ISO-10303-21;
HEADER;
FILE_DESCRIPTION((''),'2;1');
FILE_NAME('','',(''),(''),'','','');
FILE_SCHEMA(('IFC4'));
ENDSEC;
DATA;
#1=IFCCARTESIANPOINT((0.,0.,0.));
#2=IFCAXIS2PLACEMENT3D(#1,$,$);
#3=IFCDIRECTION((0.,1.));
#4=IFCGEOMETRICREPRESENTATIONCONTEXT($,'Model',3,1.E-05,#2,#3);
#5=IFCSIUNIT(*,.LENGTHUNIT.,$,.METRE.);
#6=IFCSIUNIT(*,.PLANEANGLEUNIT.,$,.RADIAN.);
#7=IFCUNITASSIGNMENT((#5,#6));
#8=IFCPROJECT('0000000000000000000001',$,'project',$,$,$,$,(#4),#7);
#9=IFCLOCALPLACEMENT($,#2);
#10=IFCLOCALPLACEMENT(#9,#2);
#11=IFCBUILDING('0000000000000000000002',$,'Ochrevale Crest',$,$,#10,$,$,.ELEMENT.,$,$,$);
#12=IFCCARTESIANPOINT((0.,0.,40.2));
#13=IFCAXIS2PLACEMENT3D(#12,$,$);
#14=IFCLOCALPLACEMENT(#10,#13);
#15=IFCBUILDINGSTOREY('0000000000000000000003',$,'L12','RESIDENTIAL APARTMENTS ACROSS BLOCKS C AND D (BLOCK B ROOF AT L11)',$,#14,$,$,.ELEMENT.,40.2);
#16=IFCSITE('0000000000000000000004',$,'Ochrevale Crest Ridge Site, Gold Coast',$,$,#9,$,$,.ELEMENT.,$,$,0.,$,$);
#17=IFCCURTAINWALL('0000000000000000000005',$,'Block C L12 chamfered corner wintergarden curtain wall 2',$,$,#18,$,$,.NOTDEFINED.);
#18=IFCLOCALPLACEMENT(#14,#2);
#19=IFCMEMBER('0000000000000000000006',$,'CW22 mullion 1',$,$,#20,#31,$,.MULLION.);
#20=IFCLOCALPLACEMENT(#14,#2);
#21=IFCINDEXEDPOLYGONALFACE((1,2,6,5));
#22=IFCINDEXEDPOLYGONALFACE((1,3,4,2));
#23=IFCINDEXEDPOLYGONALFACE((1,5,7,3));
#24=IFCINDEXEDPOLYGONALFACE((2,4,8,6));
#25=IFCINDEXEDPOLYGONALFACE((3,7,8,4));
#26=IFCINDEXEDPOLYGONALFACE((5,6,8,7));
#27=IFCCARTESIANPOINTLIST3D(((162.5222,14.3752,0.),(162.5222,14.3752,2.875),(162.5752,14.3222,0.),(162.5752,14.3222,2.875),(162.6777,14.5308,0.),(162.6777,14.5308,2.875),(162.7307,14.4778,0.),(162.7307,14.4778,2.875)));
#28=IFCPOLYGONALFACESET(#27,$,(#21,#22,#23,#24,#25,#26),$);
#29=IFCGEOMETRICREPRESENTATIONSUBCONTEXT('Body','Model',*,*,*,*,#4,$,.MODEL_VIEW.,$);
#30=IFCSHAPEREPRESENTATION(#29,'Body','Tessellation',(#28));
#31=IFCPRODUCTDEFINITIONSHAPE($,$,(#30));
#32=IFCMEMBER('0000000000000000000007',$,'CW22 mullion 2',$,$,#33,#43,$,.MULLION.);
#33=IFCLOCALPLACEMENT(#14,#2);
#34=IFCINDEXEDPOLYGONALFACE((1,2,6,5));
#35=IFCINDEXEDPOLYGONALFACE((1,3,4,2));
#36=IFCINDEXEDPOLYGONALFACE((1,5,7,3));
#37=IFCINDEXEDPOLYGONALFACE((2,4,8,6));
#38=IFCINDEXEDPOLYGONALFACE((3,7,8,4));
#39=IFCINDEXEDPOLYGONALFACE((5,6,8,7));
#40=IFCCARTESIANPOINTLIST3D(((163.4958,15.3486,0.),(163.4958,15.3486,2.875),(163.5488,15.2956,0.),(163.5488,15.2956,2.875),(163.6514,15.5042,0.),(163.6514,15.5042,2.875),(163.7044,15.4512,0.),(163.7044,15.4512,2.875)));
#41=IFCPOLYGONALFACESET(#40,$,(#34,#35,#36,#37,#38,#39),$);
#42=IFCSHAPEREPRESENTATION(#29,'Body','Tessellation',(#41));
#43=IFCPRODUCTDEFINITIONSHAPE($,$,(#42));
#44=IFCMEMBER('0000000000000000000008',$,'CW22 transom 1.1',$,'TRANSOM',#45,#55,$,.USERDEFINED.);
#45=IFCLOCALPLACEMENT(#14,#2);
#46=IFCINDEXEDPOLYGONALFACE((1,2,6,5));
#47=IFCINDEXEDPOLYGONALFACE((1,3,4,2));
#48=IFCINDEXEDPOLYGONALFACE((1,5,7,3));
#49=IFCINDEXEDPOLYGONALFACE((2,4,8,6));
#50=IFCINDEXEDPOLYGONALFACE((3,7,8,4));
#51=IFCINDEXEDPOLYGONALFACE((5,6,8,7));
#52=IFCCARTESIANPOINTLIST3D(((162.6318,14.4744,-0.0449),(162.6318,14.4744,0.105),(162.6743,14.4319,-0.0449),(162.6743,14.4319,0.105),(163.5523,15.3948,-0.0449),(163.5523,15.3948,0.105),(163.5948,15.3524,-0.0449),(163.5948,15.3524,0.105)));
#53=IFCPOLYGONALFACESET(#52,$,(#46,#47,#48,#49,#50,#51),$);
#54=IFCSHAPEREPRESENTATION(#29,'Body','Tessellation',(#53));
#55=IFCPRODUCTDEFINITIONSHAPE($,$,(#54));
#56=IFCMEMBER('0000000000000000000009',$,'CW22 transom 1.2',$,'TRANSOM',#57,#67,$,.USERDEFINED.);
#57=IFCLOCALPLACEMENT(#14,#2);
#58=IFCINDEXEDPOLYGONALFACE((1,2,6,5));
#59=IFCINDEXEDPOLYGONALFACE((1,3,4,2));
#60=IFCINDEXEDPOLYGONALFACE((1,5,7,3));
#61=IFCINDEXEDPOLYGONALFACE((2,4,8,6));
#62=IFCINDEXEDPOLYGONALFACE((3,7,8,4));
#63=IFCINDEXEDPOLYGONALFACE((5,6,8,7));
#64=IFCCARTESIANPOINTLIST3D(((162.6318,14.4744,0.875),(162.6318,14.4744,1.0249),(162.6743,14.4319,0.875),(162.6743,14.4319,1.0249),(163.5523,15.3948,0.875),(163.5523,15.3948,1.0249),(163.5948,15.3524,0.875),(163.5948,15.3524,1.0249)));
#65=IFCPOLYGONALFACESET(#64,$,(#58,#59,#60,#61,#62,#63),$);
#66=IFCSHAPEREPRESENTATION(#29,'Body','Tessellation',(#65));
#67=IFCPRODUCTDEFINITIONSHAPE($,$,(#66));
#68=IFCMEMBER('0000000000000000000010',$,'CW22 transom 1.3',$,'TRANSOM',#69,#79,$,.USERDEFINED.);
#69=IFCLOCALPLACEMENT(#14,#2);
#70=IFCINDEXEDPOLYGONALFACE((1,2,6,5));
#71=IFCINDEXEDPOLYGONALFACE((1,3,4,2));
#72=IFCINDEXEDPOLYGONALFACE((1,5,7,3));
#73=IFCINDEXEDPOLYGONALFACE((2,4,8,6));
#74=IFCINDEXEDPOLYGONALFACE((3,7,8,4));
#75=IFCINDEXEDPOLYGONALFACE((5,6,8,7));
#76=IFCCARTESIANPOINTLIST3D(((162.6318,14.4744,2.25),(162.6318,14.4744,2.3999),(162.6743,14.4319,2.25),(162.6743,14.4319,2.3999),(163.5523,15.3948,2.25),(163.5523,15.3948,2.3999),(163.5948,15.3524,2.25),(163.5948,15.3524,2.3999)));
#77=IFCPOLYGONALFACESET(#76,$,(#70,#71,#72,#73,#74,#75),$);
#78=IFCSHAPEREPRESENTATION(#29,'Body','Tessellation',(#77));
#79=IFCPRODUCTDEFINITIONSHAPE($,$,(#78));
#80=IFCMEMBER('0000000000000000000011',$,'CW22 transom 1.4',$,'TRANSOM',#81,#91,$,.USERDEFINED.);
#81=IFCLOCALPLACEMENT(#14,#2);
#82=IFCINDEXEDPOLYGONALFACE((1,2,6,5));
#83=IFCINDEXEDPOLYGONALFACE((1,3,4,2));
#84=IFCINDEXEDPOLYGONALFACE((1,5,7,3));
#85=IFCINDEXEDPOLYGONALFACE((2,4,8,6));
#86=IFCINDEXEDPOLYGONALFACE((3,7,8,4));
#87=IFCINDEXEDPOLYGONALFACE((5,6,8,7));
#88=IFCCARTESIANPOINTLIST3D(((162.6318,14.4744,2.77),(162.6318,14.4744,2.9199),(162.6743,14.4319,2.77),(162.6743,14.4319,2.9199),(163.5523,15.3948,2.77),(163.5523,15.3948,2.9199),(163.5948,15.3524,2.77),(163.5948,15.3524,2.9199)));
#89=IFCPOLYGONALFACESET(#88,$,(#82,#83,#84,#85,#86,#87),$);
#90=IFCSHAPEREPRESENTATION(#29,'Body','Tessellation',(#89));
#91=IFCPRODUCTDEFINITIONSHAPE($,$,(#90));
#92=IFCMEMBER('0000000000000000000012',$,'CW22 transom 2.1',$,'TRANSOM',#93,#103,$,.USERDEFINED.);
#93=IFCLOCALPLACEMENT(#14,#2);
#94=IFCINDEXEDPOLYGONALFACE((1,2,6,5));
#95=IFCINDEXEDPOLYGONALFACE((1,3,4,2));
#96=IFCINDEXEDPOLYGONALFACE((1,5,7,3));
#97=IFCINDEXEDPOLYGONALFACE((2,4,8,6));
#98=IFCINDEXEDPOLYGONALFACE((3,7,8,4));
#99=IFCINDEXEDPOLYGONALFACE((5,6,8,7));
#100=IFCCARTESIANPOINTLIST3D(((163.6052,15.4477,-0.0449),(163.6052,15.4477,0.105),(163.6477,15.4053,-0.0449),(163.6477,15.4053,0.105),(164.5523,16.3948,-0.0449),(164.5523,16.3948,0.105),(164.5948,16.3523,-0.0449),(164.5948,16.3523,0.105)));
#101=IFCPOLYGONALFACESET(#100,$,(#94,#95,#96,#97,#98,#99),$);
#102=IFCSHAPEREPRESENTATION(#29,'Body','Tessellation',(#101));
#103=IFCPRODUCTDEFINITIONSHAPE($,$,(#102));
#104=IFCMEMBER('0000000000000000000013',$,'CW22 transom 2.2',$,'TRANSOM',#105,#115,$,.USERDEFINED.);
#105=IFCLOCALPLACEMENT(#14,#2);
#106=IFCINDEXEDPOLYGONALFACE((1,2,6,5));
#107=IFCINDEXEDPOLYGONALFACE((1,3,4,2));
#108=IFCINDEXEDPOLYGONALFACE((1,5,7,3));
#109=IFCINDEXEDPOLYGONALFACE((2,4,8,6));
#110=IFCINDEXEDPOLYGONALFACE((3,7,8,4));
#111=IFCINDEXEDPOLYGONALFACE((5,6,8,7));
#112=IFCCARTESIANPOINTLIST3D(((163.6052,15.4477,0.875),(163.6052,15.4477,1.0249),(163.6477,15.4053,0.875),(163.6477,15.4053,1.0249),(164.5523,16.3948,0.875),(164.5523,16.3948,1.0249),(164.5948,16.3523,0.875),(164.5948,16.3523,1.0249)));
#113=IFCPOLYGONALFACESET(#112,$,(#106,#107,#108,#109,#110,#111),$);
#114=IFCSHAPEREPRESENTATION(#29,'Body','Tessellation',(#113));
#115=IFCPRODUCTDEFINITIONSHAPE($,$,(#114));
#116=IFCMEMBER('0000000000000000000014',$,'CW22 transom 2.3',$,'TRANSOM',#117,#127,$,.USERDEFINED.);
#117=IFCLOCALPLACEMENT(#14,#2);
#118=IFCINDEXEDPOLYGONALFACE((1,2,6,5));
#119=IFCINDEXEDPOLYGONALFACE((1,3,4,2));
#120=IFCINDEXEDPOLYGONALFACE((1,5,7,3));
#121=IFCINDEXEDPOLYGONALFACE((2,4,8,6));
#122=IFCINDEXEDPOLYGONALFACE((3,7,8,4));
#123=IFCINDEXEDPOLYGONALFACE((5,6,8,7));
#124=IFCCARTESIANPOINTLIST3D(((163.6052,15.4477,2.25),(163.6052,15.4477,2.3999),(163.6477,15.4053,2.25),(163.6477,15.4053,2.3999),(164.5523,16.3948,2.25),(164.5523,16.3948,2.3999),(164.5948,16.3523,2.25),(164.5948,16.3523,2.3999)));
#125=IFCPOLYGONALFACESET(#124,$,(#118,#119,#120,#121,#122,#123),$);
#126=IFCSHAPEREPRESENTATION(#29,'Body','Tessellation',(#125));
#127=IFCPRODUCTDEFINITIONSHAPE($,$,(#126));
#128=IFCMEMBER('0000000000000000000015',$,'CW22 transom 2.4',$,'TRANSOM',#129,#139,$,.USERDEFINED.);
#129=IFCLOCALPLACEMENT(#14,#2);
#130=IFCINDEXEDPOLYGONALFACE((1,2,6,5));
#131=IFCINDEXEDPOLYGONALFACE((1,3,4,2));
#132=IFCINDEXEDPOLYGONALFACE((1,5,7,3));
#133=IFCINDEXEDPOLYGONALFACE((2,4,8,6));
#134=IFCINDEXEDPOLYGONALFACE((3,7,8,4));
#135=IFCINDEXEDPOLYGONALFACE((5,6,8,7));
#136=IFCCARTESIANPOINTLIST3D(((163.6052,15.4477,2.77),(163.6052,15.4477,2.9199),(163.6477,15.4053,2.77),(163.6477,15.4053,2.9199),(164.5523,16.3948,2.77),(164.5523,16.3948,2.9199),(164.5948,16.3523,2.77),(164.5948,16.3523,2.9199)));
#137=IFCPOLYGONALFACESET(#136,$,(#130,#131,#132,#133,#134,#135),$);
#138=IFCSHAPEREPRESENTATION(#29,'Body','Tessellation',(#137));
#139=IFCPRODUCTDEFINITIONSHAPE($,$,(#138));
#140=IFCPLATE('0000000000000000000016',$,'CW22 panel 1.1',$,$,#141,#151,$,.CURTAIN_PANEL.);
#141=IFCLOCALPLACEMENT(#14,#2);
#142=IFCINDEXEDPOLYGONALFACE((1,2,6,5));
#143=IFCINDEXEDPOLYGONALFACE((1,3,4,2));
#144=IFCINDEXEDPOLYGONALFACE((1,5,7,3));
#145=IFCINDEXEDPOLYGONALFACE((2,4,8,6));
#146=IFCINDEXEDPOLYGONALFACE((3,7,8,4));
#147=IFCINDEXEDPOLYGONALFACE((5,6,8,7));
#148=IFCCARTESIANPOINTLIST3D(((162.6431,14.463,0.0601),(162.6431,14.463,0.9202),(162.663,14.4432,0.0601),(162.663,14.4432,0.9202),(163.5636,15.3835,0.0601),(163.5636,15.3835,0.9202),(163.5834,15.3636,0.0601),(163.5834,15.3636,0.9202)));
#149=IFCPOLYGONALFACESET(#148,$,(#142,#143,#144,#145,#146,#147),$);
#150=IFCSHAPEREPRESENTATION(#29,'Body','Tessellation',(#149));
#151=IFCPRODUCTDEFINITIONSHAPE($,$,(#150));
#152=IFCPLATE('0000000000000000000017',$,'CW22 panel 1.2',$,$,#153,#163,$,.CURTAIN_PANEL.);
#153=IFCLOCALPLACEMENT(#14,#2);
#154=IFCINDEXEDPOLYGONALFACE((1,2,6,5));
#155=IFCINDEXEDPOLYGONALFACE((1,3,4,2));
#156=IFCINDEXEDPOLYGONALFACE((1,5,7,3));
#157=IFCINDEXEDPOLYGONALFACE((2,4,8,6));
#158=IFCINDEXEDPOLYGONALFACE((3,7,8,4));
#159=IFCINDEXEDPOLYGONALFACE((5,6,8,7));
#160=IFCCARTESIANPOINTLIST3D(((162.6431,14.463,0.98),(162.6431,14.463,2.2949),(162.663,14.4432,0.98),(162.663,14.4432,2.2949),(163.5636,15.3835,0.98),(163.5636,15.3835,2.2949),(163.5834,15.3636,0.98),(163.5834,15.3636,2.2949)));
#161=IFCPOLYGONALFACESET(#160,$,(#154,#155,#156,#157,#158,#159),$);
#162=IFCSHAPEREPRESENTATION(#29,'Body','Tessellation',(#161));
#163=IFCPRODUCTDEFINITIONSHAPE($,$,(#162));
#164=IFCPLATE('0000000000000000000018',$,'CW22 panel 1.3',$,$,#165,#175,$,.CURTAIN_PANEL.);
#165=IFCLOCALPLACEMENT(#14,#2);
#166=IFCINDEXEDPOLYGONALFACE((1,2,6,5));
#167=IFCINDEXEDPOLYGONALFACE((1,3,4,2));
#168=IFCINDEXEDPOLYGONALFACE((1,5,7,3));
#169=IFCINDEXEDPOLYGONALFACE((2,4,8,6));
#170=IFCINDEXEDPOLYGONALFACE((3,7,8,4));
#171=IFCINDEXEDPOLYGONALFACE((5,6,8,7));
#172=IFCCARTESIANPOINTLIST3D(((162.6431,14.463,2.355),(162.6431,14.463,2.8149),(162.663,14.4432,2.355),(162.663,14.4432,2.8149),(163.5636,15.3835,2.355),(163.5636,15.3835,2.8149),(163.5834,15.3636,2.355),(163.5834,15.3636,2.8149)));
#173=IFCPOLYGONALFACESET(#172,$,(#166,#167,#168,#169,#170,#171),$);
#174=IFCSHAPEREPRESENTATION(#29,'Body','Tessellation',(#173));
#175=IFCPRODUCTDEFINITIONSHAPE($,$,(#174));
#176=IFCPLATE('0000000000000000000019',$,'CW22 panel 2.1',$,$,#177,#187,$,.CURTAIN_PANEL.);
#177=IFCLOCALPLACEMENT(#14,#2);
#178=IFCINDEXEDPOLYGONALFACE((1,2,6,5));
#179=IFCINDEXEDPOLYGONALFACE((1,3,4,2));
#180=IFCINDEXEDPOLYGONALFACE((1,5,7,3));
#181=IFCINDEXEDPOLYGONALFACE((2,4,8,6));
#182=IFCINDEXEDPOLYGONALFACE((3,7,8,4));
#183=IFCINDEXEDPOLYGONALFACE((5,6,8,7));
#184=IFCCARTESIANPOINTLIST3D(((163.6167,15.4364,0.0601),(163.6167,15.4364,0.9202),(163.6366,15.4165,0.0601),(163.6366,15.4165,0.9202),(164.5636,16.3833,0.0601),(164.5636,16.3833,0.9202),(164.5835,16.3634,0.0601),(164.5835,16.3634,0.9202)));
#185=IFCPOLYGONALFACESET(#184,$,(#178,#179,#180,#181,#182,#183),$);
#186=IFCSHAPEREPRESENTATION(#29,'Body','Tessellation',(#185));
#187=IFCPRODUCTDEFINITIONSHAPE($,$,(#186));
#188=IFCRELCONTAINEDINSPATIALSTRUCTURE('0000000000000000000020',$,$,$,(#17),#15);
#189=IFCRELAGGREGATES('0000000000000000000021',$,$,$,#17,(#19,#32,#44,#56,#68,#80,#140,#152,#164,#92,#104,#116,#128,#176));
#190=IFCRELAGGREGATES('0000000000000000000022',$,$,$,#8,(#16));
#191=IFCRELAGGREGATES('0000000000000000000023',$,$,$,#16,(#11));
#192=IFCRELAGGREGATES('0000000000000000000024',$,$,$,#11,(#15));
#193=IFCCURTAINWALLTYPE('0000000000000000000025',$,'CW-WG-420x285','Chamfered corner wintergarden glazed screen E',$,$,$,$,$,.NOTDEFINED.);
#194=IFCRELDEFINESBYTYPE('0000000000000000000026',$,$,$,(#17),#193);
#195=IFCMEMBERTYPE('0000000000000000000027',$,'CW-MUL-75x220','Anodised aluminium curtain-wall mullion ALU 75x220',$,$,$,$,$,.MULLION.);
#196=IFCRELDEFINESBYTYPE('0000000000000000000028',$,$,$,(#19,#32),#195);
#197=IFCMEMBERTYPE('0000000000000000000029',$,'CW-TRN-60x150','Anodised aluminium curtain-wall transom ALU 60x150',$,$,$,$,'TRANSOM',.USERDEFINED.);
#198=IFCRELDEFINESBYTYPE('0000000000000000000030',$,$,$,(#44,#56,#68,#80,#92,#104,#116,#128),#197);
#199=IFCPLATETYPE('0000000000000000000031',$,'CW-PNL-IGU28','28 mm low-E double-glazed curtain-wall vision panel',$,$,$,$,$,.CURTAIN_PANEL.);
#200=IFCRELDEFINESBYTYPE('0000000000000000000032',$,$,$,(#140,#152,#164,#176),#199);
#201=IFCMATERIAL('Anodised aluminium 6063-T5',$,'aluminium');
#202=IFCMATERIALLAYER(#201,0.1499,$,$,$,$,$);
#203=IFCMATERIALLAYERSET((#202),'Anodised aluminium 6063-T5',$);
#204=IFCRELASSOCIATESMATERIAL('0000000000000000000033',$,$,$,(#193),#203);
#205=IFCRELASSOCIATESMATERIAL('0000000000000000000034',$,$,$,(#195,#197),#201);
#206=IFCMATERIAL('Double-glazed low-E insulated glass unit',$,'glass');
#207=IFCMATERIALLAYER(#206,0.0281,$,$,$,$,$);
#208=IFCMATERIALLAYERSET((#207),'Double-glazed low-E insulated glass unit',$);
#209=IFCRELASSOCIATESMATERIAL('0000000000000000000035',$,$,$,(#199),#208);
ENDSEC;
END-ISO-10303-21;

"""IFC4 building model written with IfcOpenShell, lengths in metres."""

from ifc_helpers import new_model, si_unit, direction, frame, origin, origin_2d, place, context, subcontext, project, spatial, rectangle, extrude, material, layer, layer_set, material_profile, profile_set, type_object, element, aggregate, save


model = new_model("IFC4")

# Units and contexts
model_context = context("Model", 3, precision=1e-05, world=origin(), true_north=direction((0.0, 1.0)))
body_context = subcontext(model_context, "Body", "Model", "MODEL_VIEW")
ifc_project = project(units=[si_unit("LENGTHUNIT", "METRE"), si_unit("PLANEANGLEUNIT", "RADIAN")], contexts=[model_context])

# Site, building, storey
site_placement = place(None, origin())
site = spatial("IfcSite", under=ifc_project, at=site_placement, Name="Ochrevale Crest Ridge Site, Gold Coast", CompositionType="ELEMENT", RefElevation=0.0)
building_placement = place(site_placement, origin())
building = spatial("IfcBuilding", under=site, at=building_placement, Name="Ochrevale Crest", CompositionType="ELEMENT")
storey_placement = place(building_placement, frame((0.0, 0.0, 40.2)))
storey = spatial("IfcBuildingStorey", under=building, at=storey_placement, Name="L12", Description="RESIDENTIAL APARTMENTS ACROSS BLOCKS C AND D (BLOCK B ROOF AT L11)", CompositionType="ELEMENT", Elevation=40.2)

# Curtain wall, members, plates
ifc_material_1 = material(Name="Anodised aluminium 6063-T5", Category="aluminium")
ifc_layer_1 = layer(ifc_material_1, 0.1499)
ifc_layer_set_1 = layer_set([ifc_layer_1], Name="Anodised aluminium 6063-T5")
curtain_wall_type = type_object("IfcCurtainWallType", Name="CW-WG-420x285", Description="Chamfered corner wintergarden glazed screen E", PredefinedType="NOTDEFINED", material=ifc_layer_set_1)
curtain_wall_placement = place(storey_placement, origin())
curtain_wall = element("IfcCurtainWall", 1, at=curtain_wall_placement, inside=storey, type_object=curtain_wall_type, Name="Block C L12 chamfered corner wintergarden curtain wall 2", PredefinedType="NOTDEFINED")
ifc_material_profile_1 = material_profile(ifc_material_1, rectangle(XDim=0.075, YDim=0.22, at=origin_2d()), Name="ALU 75x220")
ifc_profile_set_1 = profile_set([ifc_material_profile_1], Name="Anodised aluminium 6063-T5")
member_type_1 = type_object("IfcMemberType", Name="CW-MUL-75x220", Description="Anodised aluminium curtain-wall mullion ALU 75x220", PredefinedType="MULLION", material=ifc_profile_set_1)
member_1_placement = place(storey_placement, frame((162.6265, 14.4265, 0.0), z_axis=(0.0, 0.0, 1.0), x_axis=(-0.707107, 0.707107, 0.0)))
member_1 = element("IfcMember", 2, at=member_1_placement, type_object=member_type_1, Name="CW22 mullion 1", PredefinedType="MULLION", context=body_context, shape_type="SweptSolid", body=[
    extrude(rectangle(XDim=0.075, YDim=0.22, at=origin_2d()), origin(), (0.0, 0.0, 1.0), 2.875),
])
member_2_placement = place(storey_placement, frame((163.6001, 15.3999, 0.0), z_axis=(0.0, 0.0, 1.0), x_axis=(-0.707107, 0.707107, 0.0)))
member_2 = element("IfcMember", 3, at=member_2_placement, type_object=member_type_1, Name="CW22 mullion 2", PredefinedType="MULLION", context=body_context, shape_type="SweptSolid", body=[
    extrude(rectangle(XDim=0.075, YDim=0.22, at=origin_2d()), origin(), (0.0, 0.0, 1.0), 2.875),
])
ifc_material_profile_2 = material_profile(ifc_material_1, rectangle(XDim=0.0601, YDim=0.1499, at=origin_2d()), Name="ALU 60x150")
ifc_profile_set_2 = profile_set([ifc_material_profile_2], Name="Anodised aluminium 6063-T5")
member_type_2 = type_object("IfcMemberType", Name="CW-TRN-60x150", Description="Anodised aluminium curtain-wall transom ALU 60x150", ElementType="TRANSOM", PredefinedType="USERDEFINED", material=ifc_profile_set_2)
member_3_placement = place(storey_placement, frame((162.6531, 14.4531, 0.03), z_axis=(0.707107, 0.707107, 0.0), x_axis=(-0.707107, 0.707107, 0.0)))
member_3 = element("IfcMember", 4, at=member_3_placement, type_object=member_type_2, Name="CW22 transom 1.1", ObjectType="TRANSOM", PredefinedType="USERDEFINED", context=body_context, shape_type="SweptSolid", body=[
    extrude(rectangle(XDim=0.0601, YDim=0.1499, at=origin_2d()), origin(), (0.0, 0.0, 1.0), 1.3018),
])
member_4_placement = place(storey_placement, frame((162.6531, 14.4531, 0.95), z_axis=(0.707107, 0.707107, 0.0), x_axis=(-0.707107, 0.707107, 0.0)))
member_4 = element("IfcMember", 5, at=member_4_placement, type_object=member_type_2, Name="CW22 transom 1.2", ObjectType="TRANSOM", PredefinedType="USERDEFINED", context=body_context, shape_type="SweptSolid", body=[
    extrude(rectangle(XDim=0.0601, YDim=0.1499, at=origin_2d()), origin(), (0.0, 0.0, 1.0), 1.3018),
])
member_5_placement = place(storey_placement, frame((162.6531, 14.4531, 2.325), z_axis=(0.707107, 0.707107, 0.0), x_axis=(-0.707107, 0.707107, 0.0)))
member_5 = element("IfcMember", 6, at=member_5_placement, type_object=member_type_2, Name="CW22 transom 1.3", ObjectType="TRANSOM", PredefinedType="USERDEFINED", context=body_context, shape_type="SweptSolid", body=[
    extrude(rectangle(XDim=0.0601, YDim=0.1499, at=origin_2d()), origin(), (0.0, 0.0, 1.0), 1.3018),
])
member_6_placement = place(storey_placement, frame((162.6531, 14.4531, 2.845), z_axis=(0.707107, 0.707107, 0.0), x_axis=(-0.707107, 0.707107, 0.0)))
member_6 = element("IfcMember", 7, at=member_6_placement, type_object=member_type_2, Name="CW22 transom 1.4", ObjectType="TRANSOM", PredefinedType="USERDEFINED", context=body_context, shape_type="SweptSolid", body=[
    extrude(rectangle(XDim=0.0601, YDim=0.1499, at=origin_2d()), origin(), (0.0, 0.0, 1.0), 1.3018),
])
member_7_placement = place(storey_placement, frame((163.6265, 15.4265, 0.03), z_axis=(0.707107, 0.707107, 0.0), x_axis=(-0.707107, 0.707107, 0.0)))
member_7 = element("IfcMember", 8, at=member_7_placement, type_object=member_type_2, Name="CW22 transom 2.1", ObjectType="TRANSOM", PredefinedType="USERDEFINED", context=body_context, shape_type="SweptSolid", body=[
    extrude(rectangle(XDim=0.0601, YDim=0.1499, at=origin_2d()), origin(), (0.0, 0.0, 1.0), 1.3394),
])
member_8_placement = place(storey_placement, frame((163.6265, 15.4265, 0.95), z_axis=(0.707107, 0.707107, 0.0), x_axis=(-0.707107, 0.707107, 0.0)))
member_8 = element("IfcMember", 9, at=member_8_placement, type_object=member_type_2, Name="CW22 transom 2.2", ObjectType="TRANSOM", PredefinedType="USERDEFINED", context=body_context, shape_type="SweptSolid", body=[
    extrude(rectangle(XDim=0.0601, YDim=0.1499, at=origin_2d()), origin(), (0.0, 0.0, 1.0), 1.3394),
])
member_9_placement = place(storey_placement, frame((163.6265, 15.4265, 2.325), z_axis=(0.707107, 0.707107, 0.0), x_axis=(-0.707107, 0.707107, 0.0)))
member_9 = element("IfcMember", 10, at=member_9_placement, type_object=member_type_2, Name="CW22 transom 2.3", ObjectType="TRANSOM", PredefinedType="USERDEFINED", context=body_context, shape_type="SweptSolid", body=[
    extrude(rectangle(XDim=0.0601, YDim=0.1499, at=origin_2d()), origin(), (0.0, 0.0, 1.0), 1.3394),
])
member_10_placement = place(storey_placement, frame((163.6265, 15.4265, 2.845), z_axis=(0.707107, 0.707107, 0.0), x_axis=(-0.707107, 0.707107, 0.0)))
member_10 = element("IfcMember", 11, at=member_10_placement, type_object=member_type_2, Name="CW22 transom 2.4", ObjectType="TRANSOM", PredefinedType="USERDEFINED", context=body_context, shape_type="SweptSolid", body=[
    extrude(rectangle(XDim=0.0601, YDim=0.1499, at=origin_2d()), origin(), (0.0, 0.0, 1.0), 1.3394),
])
ifc_material_2 = material(Name="Double-glazed low-E insulated glass unit", Category="glass")
ifc_layer_2 = layer(ifc_material_2, 0.0281)
ifc_layer_set_2 = layer_set([ifc_layer_2], Name="Double-glazed low-E insulated glass unit")
plate_type_1 = type_object("IfcPlateType", Name="CW-PNL-IGU28", Description="28 mm low-E double-glazed curtain-wall vision panel", PredefinedType="CURTAIN_PANEL", material=ifc_layer_set_2)
plate_1_placement = place(storey_placement, frame((163.1133, 14.9133, 0.0601), z_axis=(0.0, 0.0, 1.0), x_axis=(0.707107, 0.707107, 0.0)))
plate_1 = element("IfcPlate", 12, at=plate_1_placement, type_object=plate_type_1, Name="CW22 panel 1.1", PredefinedType="CURTAIN_PANEL", context=body_context, shape_type="SweptSolid", body=[
    extrude(rectangle(XDim=1.3018, YDim=0.0281, at=origin_2d()), origin(), (0.0, 0.0, 1.0), 0.8601),
])
plate_2_placement = place(storey_placement, frame((163.1133, 14.9133, 0.98), z_axis=(0.0, 0.0, 1.0), x_axis=(0.707107, 0.707107, 0.0)))
plate_2 = element("IfcPlate", 13, at=plate_2_placement, type_object=plate_type_1, Name="CW22 panel 1.2", PredefinedType="CURTAIN_PANEL", context=body_context, shape_type="SweptSolid", body=[
    extrude(rectangle(XDim=1.3018, YDim=0.0281, at=origin_2d()), origin(), (0.0, 0.0, 1.0), 1.3149),
])
plate_3_placement = place(storey_placement, frame((163.1133, 14.9133, 2.355), z_axis=(0.0, 0.0, 1.0), x_axis=(0.707107, 0.707107, 0.0)))
plate_3 = element("IfcPlate", 14, at=plate_3_placement, type_object=plate_type_1, Name="CW22 panel 1.3", PredefinedType="CURTAIN_PANEL", context=body_context, shape_type="SweptSolid", body=[
    extrude(rectangle(XDim=1.3018, YDim=0.0281, at=origin_2d()), origin(), (0.0, 0.0, 1.0), 0.46),
])
plate_4_placement = place(storey_placement, frame((164.1001, 15.8999, 0.0601), z_axis=(0.0, 0.0, 1.0), x_axis=(0.707107, 0.707107, 0.0)))
plate_4 = element("IfcPlate", 15, at=plate_4_placement, type_object=plate_type_1, Name="CW22 panel 2.1", PredefinedType="CURTAIN_PANEL", context=body_context, shape_type="SweptSolid", body=[
    extrude(rectangle(XDim=1.3391, YDim=0.0281, at=origin_2d()), origin(), (0.0, 0.0, 1.0), 0.8601),
])
aggregate(curtain_wall, [member_1, member_2, member_3, member_4, member_5, member_6, plate_1, plate_2, plate_3, member_7, member_8, member_9, member_10, plate_4])

save(model, "model.ifc")
